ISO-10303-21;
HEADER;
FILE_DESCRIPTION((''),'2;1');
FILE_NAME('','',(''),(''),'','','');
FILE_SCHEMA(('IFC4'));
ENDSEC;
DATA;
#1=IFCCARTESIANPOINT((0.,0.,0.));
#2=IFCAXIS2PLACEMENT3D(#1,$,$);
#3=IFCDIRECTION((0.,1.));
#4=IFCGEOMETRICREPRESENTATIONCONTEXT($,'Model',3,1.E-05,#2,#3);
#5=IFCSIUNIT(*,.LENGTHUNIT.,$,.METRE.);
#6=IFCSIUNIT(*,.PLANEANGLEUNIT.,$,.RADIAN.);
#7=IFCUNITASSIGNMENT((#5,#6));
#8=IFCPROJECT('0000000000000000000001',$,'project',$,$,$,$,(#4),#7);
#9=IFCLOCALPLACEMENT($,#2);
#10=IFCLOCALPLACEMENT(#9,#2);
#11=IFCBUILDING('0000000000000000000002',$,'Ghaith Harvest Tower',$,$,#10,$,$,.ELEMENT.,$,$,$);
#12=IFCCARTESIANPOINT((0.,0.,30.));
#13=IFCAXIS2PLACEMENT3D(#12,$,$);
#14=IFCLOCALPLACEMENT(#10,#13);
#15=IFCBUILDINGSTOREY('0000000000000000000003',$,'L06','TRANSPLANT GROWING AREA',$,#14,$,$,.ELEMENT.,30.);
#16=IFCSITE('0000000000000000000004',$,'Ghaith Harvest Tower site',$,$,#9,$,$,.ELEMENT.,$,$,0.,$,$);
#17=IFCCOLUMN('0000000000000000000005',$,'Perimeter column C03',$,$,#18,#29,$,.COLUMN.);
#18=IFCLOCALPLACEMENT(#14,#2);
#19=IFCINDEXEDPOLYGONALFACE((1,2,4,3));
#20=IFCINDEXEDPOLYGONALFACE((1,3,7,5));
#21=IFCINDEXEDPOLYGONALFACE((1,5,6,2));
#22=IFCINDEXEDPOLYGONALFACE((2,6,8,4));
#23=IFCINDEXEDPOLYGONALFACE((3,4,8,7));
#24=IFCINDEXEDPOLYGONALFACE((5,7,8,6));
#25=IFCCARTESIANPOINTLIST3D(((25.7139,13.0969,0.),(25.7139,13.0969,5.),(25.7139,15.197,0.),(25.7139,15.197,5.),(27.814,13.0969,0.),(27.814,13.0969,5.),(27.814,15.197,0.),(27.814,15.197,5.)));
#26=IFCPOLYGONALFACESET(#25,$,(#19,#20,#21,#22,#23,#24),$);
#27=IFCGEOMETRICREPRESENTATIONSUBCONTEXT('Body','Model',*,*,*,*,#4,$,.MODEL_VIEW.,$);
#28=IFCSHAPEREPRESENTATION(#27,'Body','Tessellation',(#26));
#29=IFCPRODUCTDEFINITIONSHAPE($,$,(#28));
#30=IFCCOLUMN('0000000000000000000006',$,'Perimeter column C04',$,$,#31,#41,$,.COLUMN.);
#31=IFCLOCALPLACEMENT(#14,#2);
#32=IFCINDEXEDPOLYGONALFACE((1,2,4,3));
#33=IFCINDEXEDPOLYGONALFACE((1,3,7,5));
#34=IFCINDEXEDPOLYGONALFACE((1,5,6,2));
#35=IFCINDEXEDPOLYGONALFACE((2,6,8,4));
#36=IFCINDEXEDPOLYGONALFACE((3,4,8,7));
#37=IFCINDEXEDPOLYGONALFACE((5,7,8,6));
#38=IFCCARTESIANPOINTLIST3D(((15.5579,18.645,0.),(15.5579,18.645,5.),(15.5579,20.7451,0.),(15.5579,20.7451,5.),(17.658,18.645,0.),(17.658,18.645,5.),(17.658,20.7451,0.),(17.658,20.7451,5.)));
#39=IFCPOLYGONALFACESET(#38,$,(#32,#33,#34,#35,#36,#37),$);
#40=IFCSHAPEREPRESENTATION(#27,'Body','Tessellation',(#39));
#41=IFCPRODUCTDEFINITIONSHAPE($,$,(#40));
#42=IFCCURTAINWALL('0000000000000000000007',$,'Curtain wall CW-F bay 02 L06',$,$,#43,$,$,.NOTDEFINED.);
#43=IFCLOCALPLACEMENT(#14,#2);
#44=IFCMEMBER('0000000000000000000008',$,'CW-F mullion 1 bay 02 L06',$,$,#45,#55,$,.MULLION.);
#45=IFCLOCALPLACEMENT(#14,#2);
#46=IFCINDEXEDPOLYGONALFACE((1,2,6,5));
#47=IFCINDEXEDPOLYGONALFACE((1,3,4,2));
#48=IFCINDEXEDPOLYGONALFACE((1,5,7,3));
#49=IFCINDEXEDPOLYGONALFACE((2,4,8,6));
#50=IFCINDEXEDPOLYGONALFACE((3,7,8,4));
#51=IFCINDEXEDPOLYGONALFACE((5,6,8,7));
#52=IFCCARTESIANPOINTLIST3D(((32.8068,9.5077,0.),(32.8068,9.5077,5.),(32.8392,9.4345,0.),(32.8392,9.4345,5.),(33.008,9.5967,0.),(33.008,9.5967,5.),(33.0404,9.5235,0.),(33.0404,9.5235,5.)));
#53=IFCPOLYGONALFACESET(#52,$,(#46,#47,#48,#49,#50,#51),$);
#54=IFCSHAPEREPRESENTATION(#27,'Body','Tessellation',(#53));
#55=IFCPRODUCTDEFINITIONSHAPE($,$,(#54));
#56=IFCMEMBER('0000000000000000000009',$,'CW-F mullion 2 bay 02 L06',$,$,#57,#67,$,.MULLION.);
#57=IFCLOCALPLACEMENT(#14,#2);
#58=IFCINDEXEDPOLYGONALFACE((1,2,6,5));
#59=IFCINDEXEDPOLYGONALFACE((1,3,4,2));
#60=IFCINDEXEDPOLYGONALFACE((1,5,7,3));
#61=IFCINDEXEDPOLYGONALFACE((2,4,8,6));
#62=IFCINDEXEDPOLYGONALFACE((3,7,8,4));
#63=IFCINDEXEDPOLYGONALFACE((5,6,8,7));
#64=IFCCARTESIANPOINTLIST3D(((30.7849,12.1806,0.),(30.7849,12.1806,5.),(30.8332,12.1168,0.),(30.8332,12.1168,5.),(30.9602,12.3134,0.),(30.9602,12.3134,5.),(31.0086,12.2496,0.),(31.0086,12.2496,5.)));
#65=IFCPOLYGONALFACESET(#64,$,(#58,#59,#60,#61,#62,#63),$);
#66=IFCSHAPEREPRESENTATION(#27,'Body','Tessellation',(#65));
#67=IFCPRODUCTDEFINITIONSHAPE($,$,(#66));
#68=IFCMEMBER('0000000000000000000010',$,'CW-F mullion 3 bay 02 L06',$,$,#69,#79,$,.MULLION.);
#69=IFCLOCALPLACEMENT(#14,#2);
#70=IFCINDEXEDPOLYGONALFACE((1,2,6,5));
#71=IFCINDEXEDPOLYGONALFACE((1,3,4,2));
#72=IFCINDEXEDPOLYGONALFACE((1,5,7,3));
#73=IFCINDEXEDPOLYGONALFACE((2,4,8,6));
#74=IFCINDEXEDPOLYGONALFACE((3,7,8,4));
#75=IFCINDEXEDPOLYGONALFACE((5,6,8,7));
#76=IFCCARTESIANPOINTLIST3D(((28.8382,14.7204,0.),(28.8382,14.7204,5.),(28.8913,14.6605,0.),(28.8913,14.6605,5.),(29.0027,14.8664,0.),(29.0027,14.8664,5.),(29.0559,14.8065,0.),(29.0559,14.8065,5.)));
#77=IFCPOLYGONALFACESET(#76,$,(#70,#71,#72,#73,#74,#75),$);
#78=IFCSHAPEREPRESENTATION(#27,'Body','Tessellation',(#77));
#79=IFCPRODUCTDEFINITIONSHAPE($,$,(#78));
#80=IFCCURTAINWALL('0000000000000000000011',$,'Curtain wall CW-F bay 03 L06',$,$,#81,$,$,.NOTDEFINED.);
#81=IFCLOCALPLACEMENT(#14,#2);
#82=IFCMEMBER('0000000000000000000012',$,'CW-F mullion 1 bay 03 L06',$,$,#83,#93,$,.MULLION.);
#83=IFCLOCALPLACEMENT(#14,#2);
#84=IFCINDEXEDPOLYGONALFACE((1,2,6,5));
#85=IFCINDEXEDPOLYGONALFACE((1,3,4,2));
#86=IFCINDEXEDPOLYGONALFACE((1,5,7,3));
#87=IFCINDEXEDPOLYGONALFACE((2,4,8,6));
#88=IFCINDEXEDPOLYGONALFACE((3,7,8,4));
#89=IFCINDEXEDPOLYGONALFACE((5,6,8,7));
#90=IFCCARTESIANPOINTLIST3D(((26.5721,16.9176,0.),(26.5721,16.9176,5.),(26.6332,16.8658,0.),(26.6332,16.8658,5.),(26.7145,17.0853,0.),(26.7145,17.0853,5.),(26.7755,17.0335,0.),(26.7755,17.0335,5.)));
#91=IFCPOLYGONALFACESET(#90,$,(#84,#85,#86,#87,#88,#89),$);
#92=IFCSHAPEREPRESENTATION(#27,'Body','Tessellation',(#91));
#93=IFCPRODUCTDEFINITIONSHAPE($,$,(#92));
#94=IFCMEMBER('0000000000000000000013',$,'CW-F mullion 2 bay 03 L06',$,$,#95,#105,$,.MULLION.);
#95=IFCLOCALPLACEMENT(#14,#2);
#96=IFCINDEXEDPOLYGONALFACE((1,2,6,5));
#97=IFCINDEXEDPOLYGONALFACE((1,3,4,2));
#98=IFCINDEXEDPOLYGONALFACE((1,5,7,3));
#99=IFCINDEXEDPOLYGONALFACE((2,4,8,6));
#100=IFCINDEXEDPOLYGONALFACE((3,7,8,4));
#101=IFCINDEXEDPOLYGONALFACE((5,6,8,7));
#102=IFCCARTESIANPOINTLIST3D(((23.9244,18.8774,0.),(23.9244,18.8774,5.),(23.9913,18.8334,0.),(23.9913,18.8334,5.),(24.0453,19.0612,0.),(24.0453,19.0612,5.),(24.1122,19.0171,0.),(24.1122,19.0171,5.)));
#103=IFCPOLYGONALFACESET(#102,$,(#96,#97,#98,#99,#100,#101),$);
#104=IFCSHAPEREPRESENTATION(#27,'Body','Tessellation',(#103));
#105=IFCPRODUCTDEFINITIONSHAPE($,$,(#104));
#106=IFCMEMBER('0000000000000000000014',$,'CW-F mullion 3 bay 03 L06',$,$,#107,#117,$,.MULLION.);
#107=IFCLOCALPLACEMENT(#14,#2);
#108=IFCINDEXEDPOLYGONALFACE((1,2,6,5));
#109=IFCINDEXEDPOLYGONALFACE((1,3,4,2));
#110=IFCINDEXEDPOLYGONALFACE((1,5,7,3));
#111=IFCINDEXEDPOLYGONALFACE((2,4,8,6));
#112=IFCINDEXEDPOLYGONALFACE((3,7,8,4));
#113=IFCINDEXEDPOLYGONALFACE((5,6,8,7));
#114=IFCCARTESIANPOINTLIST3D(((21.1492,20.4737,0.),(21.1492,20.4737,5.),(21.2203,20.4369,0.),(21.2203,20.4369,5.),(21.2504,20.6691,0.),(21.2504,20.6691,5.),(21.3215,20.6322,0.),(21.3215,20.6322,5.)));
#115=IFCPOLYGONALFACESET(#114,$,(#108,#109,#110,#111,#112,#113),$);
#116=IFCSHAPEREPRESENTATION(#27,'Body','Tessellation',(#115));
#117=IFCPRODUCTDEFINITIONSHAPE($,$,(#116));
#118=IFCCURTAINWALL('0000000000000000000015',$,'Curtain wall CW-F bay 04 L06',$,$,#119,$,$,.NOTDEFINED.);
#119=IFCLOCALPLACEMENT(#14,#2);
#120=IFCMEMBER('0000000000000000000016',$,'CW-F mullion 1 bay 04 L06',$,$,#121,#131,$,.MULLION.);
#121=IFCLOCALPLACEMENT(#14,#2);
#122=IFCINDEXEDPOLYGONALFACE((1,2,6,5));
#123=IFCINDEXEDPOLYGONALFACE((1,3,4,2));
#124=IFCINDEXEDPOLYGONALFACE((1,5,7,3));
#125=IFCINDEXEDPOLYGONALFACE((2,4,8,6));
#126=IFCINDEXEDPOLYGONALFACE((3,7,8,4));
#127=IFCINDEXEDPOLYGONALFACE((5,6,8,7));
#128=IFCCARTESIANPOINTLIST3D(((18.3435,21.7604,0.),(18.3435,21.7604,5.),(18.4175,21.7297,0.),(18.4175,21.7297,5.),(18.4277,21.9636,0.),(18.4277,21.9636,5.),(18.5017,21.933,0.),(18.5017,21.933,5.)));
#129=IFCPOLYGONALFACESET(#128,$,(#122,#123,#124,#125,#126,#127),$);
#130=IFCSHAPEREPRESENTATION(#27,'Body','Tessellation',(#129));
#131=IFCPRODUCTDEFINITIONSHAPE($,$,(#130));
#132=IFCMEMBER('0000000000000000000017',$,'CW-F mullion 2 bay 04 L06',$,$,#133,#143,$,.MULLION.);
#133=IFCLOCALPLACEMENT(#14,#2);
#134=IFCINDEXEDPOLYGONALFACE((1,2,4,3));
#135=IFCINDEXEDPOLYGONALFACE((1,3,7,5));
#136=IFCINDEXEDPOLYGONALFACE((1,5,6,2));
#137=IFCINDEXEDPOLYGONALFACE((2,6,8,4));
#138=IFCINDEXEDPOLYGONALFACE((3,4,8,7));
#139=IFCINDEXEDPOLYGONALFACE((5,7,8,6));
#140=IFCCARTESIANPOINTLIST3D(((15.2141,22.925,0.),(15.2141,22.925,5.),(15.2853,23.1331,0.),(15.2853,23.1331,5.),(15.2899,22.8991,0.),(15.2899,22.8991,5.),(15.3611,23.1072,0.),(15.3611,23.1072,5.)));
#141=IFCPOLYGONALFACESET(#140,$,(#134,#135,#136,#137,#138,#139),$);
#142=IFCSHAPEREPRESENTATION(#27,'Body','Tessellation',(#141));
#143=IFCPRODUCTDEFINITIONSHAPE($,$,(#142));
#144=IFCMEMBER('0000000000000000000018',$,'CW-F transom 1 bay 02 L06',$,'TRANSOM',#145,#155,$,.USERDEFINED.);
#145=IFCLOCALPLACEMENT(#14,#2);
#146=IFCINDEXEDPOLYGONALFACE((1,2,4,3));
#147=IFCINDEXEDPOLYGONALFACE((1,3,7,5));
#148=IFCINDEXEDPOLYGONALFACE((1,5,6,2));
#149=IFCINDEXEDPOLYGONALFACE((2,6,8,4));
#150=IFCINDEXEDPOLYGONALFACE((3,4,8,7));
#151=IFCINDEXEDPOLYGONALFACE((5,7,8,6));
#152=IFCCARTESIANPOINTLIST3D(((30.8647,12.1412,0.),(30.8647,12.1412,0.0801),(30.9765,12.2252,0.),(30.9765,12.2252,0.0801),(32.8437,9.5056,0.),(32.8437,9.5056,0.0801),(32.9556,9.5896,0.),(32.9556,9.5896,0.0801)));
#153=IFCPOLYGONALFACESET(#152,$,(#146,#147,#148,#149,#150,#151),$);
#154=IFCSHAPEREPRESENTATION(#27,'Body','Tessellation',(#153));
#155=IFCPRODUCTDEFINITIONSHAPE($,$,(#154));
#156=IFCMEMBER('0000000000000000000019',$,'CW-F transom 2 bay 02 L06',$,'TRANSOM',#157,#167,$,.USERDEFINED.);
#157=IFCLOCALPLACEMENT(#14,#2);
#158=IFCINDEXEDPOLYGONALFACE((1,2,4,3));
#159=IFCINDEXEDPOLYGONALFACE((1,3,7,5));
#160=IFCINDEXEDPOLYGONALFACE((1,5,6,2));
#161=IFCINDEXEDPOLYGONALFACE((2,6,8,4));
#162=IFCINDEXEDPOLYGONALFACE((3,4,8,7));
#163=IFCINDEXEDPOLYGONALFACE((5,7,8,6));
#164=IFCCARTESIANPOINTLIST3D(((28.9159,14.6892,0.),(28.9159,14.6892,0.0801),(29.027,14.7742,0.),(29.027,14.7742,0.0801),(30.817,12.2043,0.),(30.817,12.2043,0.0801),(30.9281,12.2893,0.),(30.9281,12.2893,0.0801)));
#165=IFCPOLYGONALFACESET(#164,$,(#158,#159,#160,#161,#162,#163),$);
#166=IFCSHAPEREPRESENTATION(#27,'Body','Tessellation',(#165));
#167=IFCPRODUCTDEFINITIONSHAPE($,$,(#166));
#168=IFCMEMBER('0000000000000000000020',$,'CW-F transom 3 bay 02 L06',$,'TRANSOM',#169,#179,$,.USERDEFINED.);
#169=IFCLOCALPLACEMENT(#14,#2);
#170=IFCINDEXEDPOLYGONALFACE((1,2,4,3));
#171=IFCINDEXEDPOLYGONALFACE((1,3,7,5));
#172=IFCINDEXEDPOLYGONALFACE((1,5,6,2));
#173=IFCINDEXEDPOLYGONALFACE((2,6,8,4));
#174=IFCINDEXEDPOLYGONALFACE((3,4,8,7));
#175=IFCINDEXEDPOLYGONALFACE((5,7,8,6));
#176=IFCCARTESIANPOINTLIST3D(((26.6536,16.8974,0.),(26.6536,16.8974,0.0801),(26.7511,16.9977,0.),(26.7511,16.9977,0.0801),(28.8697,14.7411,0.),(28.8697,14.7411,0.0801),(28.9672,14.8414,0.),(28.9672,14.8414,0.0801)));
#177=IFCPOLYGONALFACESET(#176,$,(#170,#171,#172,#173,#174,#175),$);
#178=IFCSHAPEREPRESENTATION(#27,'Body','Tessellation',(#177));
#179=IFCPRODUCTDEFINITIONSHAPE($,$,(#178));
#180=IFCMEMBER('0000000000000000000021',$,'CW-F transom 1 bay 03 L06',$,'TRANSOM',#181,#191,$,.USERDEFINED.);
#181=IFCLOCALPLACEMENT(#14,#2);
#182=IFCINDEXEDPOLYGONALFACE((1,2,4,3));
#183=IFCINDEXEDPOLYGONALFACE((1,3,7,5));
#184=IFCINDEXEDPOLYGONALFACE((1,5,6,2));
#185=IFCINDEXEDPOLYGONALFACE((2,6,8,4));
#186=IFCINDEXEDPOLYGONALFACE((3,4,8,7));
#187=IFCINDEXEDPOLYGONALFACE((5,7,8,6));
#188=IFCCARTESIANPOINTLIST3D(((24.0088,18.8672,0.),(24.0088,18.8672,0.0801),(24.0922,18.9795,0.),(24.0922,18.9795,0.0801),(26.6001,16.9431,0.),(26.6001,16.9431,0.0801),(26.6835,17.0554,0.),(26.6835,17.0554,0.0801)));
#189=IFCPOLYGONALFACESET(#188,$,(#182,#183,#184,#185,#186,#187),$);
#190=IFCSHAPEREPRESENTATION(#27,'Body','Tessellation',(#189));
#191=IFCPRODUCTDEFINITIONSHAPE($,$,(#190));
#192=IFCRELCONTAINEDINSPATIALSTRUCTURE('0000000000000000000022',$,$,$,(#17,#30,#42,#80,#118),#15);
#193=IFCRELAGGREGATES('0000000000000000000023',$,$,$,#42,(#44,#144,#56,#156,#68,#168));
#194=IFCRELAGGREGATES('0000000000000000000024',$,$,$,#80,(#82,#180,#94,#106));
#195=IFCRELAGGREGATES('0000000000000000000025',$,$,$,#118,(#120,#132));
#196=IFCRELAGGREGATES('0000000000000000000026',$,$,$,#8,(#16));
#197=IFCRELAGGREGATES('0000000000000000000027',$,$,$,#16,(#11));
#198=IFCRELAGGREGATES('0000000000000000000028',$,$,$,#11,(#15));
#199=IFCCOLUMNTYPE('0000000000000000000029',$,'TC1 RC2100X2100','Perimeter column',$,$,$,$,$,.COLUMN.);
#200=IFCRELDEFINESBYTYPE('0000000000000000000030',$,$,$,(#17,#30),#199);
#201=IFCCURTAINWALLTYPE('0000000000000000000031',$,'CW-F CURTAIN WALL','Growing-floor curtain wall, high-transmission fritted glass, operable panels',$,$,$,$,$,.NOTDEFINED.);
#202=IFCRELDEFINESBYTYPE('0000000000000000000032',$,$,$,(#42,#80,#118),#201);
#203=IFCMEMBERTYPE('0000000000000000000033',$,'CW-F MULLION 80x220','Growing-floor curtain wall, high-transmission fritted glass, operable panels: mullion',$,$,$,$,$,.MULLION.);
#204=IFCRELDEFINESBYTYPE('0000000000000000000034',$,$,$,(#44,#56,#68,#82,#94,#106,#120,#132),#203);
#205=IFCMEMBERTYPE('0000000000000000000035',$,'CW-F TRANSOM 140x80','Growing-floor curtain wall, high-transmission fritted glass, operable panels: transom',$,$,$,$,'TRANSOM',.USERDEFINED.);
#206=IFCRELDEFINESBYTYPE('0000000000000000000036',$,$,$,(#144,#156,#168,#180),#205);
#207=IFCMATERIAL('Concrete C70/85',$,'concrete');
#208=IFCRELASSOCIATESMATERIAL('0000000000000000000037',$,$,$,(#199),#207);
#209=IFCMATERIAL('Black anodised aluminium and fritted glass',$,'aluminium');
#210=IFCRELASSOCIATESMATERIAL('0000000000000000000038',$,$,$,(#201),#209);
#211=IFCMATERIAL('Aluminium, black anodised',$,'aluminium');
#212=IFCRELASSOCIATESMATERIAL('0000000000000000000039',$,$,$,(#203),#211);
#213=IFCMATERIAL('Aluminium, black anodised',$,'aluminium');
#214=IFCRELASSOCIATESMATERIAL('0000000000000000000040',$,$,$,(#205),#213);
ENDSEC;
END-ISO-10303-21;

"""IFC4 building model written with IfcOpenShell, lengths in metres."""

from ifc_helpers import new_model, si_unit, direction, frame, origin, origin_2d, place, context, subcontext, project, spatial, rectangle, extrude, material, material_profile, profile_set, type_object, element, aggregate, save


model = new_model("IFC4")

# Units and contexts
model_context = context("Model", 3, precision=1e-05, world=origin(), true_north=direction((0.0, 1.0)))
body_context = subcontext(model_context, "Body", "Model", "MODEL_VIEW")
ifc_project = project(units=[si_unit("LENGTHUNIT", "METRE"), si_unit("PLANEANGLEUNIT", "RADIAN")], contexts=[model_context])

# Site, building, storey
site_placement = place(None, origin())
site = spatial("IfcSite", under=ifc_project, at=site_placement, Name="Ghaith Harvest Tower site", CompositionType="ELEMENT", RefElevation=0.0)
building_placement = place(site_placement, origin())
building = spatial("IfcBuilding", under=site, at=building_placement, Name="Ghaith Harvest Tower", CompositionType="ELEMENT")
storey_placement = place(building_placement, frame((0.0, 0.0, 30.0)))
storey = spatial("IfcBuildingStorey", under=building, at=storey_placement, Name="L06", Description="TRANSPLANT GROWING AREA", CompositionType="ELEMENT", Elevation=30.0)

# Columns
ifc_material_1 = material(Name="Concrete C70/85", Category="concrete")
ifc_material_profile_1 = material_profile(ifc_material_1, rectangle(XDim=2.1001, YDim=2.1001, at=origin_2d()), Name="RC2100X2100")
ifc_profile_set_1 = profile_set([ifc_material_profile_1], Name="Concrete C70/85")
column_type = type_object("IfcColumnType", Name="TC1 RC2100X2100", Description="Perimeter column", PredefinedType="COLUMN", material=ifc_profile_set_1)
for number, where, z_axis, x_axis, name in (
    (1, (26.7639, 14.147, 0.0), (0.0, 0.0, 1.0), (1.0, 0.0, 0.0), "Perimeter column C03"),
    (2, (16.6079, 19.6951, 0.0), (0.0, 0.0, 1.0), (1.0, 0.0, 0.0), "Perimeter column C04"),
):
    element("IfcColumn", number, at=place(storey_placement, frame(where, z_axis=z_axis, x_axis=x_axis)), inside=storey, type_object=column_type, Name=name, PredefinedType="COLUMN", context=body_context, shape_type="SweptSolid", body=[
        extrude(rectangle(XDim=2.1001, YDim=2.1001, at=origin_2d()), origin(), (0.0, 0.0, 1.0), 5.0),
    ])

# Curtain walls, members
ifc_material_2 = material(Name="Black anodised aluminium and fritted glass", Category="aluminium")
curtain_wall_type = type_object("IfcCurtainWallType", Name="CW-F CURTAIN WALL", Description="Growing-floor curtain wall, high-transmission fritted glass, operable panels", PredefinedType="NOTDEFINED", material=ifc_material_2)
curtain_wall_1_placement = place(storey_placement, origin())
curtain_wall_1 = element("IfcCurtainWall", 3, at=curtain_wall_1_placement, inside=storey, type_object=curtain_wall_type, Name="Curtain wall CW-F bay 02 L06", PredefinedType="NOTDEFINED")
ifc_material_3 = material(Name="Aluminium, black anodised", Category="aluminium")
ifc_material_profile_2 = material_profile(ifc_material_3, rectangle(XDim=0.0801, YDim=0.22, at=origin_2d()), Name="CW-F MULLION 80x220")
ifc_profile_set_2 = profile_set([ifc_material_profile_2], Name="Aluminium, black anodised")
member_type_1 = type_object("IfcMemberType", Name="CW-F MULLION 80x220", Description="Growing-floor curtain wall, high-transmission fritted glass, operable panels: mullion", PredefinedType="MULLION", material=ifc_profile_set_2)
member_1_placement = place(storey_placement, frame((32.9236, 9.5156, 0.0), z_axis=(0.0, 0.0, 1.0), x_axis=(-0.404702, 0.914449, 0.0)))
member_1 = element("IfcMember", 4, at=member_1_placement, type_object=member_type_1, Name="CW-F mullion 1 bay 02 L06", PredefinedType="MULLION", context=body_context, shape_type="SweptSolid", body=[
    extrude(rectangle(XDim=0.0801, YDim=0.22, at=origin_2d()), origin(), (0.0, 0.0, 1.0), 5.0),
])
member_2_placement = place(storey_placement, frame((30.8967, 12.2151, 0.0), z_axis=(0.0, 0.0, 1.0), x_axis=(-0.603948, 0.797023, 0.0)))
member_2 = element("IfcMember", 5, at=member_2_placement, type_object=member_type_1, Name="CW-F mullion 2 bay 02 L06", PredefinedType="MULLION", context=body_context, shape_type="SweptSolid", body=[
    extrude(rectangle(XDim=0.0801, YDim=0.22, at=origin_2d()), origin(), (0.0, 0.0, 1.0), 5.0),
])
member_3_placement = place(storey_placement, frame((28.947, 14.7634, 0.0), z_axis=(0.0, 0.0, 1.0), x_axis=(-0.663605, 0.748083, 0.0)))
member_3 = element("IfcMember", 6, at=member_3_placement, type_object=member_type_1, Name="CW-F mullion 3 bay 02 L06", PredefinedType="MULLION", context=body_context, shape_type="SweptSolid", body=[
    extrude(rectangle(XDim=0.0801, YDim=0.22, at=origin_2d()), origin(), (0.0, 0.0, 1.0), 5.0),
])
curtain_wall_2_placement = place(storey_placement, origin())
curtain_wall_2 = element("IfcCurtainWall", 7, at=curtain_wall_2_placement, inside=storey, type_object=curtain_wall_type, Name="Curtain wall CW-F bay 03 L06", PredefinedType="NOTDEFINED")
member_4_placement = place(storey_placement, frame((26.6738, 16.9756, 0.0), z_axis=(0.0, 0.0, 1.0), x_axis=(-0.762366, 0.647146, 0.0)))
member_4 = element("IfcMember", 8, at=member_4_placement, type_object=member_type_1, Name="CW-F mullion 1 bay 03 L06", PredefinedType="MULLION", context=body_context, shape_type="SweptSolid", body=[
    extrude(rectangle(XDim=0.0801, YDim=0.22, at=origin_2d()), origin(), (0.0, 0.0, 1.0), 5.0),
])
member_5_placement = place(storey_placement, frame((24.0183, 18.9473, 0.0), z_axis=(0.0, 0.0, 1.0), x_axis=(-0.835444, 0.549576, 0.0)))
member_5 = element("IfcMember", 9, at=member_5_placement, type_object=member_type_1, Name="CW-F mullion 2 bay 03 L06", PredefinedType="MULLION", context=body_context, shape_type="SweptSolid", body=[
    extrude(rectangle(XDim=0.0801, YDim=0.22, at=origin_2d()), origin(), (0.0, 0.0, 1.0), 5.0),
])
member_6_placement = place(storey_placement, frame((21.2354, 20.553, 0.0), z_axis=(0.0, 0.0, 1.0), x_axis=(-0.887897, 0.460043, 0.0)))
member_6 = element("IfcMember", 10, at=member_6_placement, type_object=member_type_1, Name="CW-F mullion 3 bay 03 L06", PredefinedType="MULLION", context=body_context, shape_type="SweptSolid", body=[
    extrude(rectangle(XDim=0.0801, YDim=0.22, at=origin_2d()), origin(), (0.0, 0.0, 1.0), 5.0),
])
curtain_wall_3_placement = place(storey_placement, origin())
curtain_wall_3 = element("IfcCurtainWall", 11, at=curtain_wall_3_placement, inside=storey, type_object=curtain_wall_type, Name="Curtain wall CW-F bay 04 L06", PredefinedType="NOTDEFINED")
member_7_placement = place(storey_placement, frame((18.4226, 21.8467, 0.0), z_axis=(0.0, 0.0, 1.0), x_axis=(-0.92391, 0.382609, 0.0)))
member_7 = element("IfcMember", 12, at=member_7_placement, type_object=member_type_1, Name="CW-F mullion 1 bay 04 L06", PredefinedType="MULLION", context=body_context, shape_type="SweptSolid", body=[
    extrude(rectangle(XDim=0.0801, YDim=0.22, at=origin_2d()), origin(), (0.0, 0.0, 1.0), 5.0),
])
member_8_placement = place(storey_placement, frame((15.2876, 23.0161, 0.0), z_axis=(0.0, 0.0, 1.0), x_axis=(-0.946121, 0.323813, 0.0)))
member_8 = element("IfcMember", 13, at=member_8_placement, type_object=member_type_1, Name="CW-F mullion 2 bay 04 L06", PredefinedType="MULLION", context=body_context, shape_type="SweptSolid", body=[
    extrude(rectangle(XDim=0.0801, YDim=0.22, at=origin_2d()), origin(), (0.0, 0.0, 1.0), 5.0),
])

# Members
ifc_material_4 = material(Name="Aluminium, black anodised", Category="aluminium")
ifc_material_profile_3 = material_profile(ifc_material_4, rectangle(XDim=0.1399, YDim=0.0801, at=origin_2d()), Name="CW-F TRANSOM 140x80")
ifc_profile_set_3 = profile_set([ifc_material_profile_3], Name="Aluminium, black anodised")
member_type_2 = type_object("IfcMemberType", Name="CW-F TRANSOM 140x80", Description="Growing-floor curtain wall, high-transmission fritted glass, operable panels: transom", ElementType="TRANSOM", PredefinedType="USERDEFINED", material=ifc_profile_set_3)
member_9_placement = place(storey_placement, frame((32.8997, 9.5476, 0.04), z_axis=(-0.600462, 0.799653, 0.0), x_axis=(-0.799653, -0.600462, 0.0)))
member_9 = element("IfcMember", 14, at=member_9_placement, type_object=member_type_2, Name="CW-F transom 1 bay 02 L06", ObjectType="TRANSOM", PredefinedType="USERDEFINED", context=body_context, shape_type="SweptSolid", body=[
    extrude(rectangle(XDim=0.1399, YDim=0.0801, at=origin_2d()), origin(), (0.0, 0.0, 1.0), 3.2959),
])
member_10_placement = place(storey_placement, frame((30.8726, 12.2468, 0.04), z_axis=(-0.607638, 0.794214, 0.0), x_axis=(-0.794214, -0.607638, 0.0)))
member_10 = element("IfcMember", 15, at=member_10_placement, type_object=member_type_2, Name="CW-F transom 2 bay 02 L06", ObjectType="TRANSOM", PredefinedType="USERDEFINED", context=body_context, shape_type="SweptSolid", body=[
    extrude(rectangle(XDim=0.1399, YDim=0.0801, at=origin_2d()), origin(), (0.0, 0.0, 1.0), 3.1287),
])
member_11_placement = place(storey_placement, frame((28.9185, 14.7913, 0.04), z_axis=(-0.716713, 0.697368, 0.0), x_axis=(-0.697368, -0.716713, 0.0)))
member_11 = element("IfcMember", 16, at=member_11_placement, type_object=member_type_2, Name="CW-F transom 3 bay 02 L06", ObjectType="TRANSOM", PredefinedType="USERDEFINED", context=body_context, shape_type="SweptSolid", body=[
    extrude(rectangle(XDim=0.1399, YDim=0.0801, at=origin_2d()), origin(), (0.0, 0.0, 1.0), 3.092),
])
member_12_placement = place(storey_placement, frame((26.6418, 16.9993, 0.04), z_axis=(-0.802877, 0.596144, 0.0), x_axis=(-0.596144, -0.802877, 0.0)))
member_12 = element("IfcMember", 17, at=member_12_placement, type_object=member_type_2, Name="CW-F transom 1 bay 03 L06", ObjectType="TRANSOM", PredefinedType="USERDEFINED", context=body_context, shape_type="SweptSolid", body=[
    extrude(rectangle(XDim=0.1399, YDim=0.0801, at=origin_2d()), origin(), (0.0, 0.0, 1.0), 3.2275),
])

aggregate(curtain_wall_1, [member_1, member_9, member_2, member_10, member_3, member_11])
aggregate(curtain_wall_2, [member_4, member_12, member_5, member_6])
aggregate(curtain_wall_3, [member_7, member_8])

save(model, "model.ifc")
